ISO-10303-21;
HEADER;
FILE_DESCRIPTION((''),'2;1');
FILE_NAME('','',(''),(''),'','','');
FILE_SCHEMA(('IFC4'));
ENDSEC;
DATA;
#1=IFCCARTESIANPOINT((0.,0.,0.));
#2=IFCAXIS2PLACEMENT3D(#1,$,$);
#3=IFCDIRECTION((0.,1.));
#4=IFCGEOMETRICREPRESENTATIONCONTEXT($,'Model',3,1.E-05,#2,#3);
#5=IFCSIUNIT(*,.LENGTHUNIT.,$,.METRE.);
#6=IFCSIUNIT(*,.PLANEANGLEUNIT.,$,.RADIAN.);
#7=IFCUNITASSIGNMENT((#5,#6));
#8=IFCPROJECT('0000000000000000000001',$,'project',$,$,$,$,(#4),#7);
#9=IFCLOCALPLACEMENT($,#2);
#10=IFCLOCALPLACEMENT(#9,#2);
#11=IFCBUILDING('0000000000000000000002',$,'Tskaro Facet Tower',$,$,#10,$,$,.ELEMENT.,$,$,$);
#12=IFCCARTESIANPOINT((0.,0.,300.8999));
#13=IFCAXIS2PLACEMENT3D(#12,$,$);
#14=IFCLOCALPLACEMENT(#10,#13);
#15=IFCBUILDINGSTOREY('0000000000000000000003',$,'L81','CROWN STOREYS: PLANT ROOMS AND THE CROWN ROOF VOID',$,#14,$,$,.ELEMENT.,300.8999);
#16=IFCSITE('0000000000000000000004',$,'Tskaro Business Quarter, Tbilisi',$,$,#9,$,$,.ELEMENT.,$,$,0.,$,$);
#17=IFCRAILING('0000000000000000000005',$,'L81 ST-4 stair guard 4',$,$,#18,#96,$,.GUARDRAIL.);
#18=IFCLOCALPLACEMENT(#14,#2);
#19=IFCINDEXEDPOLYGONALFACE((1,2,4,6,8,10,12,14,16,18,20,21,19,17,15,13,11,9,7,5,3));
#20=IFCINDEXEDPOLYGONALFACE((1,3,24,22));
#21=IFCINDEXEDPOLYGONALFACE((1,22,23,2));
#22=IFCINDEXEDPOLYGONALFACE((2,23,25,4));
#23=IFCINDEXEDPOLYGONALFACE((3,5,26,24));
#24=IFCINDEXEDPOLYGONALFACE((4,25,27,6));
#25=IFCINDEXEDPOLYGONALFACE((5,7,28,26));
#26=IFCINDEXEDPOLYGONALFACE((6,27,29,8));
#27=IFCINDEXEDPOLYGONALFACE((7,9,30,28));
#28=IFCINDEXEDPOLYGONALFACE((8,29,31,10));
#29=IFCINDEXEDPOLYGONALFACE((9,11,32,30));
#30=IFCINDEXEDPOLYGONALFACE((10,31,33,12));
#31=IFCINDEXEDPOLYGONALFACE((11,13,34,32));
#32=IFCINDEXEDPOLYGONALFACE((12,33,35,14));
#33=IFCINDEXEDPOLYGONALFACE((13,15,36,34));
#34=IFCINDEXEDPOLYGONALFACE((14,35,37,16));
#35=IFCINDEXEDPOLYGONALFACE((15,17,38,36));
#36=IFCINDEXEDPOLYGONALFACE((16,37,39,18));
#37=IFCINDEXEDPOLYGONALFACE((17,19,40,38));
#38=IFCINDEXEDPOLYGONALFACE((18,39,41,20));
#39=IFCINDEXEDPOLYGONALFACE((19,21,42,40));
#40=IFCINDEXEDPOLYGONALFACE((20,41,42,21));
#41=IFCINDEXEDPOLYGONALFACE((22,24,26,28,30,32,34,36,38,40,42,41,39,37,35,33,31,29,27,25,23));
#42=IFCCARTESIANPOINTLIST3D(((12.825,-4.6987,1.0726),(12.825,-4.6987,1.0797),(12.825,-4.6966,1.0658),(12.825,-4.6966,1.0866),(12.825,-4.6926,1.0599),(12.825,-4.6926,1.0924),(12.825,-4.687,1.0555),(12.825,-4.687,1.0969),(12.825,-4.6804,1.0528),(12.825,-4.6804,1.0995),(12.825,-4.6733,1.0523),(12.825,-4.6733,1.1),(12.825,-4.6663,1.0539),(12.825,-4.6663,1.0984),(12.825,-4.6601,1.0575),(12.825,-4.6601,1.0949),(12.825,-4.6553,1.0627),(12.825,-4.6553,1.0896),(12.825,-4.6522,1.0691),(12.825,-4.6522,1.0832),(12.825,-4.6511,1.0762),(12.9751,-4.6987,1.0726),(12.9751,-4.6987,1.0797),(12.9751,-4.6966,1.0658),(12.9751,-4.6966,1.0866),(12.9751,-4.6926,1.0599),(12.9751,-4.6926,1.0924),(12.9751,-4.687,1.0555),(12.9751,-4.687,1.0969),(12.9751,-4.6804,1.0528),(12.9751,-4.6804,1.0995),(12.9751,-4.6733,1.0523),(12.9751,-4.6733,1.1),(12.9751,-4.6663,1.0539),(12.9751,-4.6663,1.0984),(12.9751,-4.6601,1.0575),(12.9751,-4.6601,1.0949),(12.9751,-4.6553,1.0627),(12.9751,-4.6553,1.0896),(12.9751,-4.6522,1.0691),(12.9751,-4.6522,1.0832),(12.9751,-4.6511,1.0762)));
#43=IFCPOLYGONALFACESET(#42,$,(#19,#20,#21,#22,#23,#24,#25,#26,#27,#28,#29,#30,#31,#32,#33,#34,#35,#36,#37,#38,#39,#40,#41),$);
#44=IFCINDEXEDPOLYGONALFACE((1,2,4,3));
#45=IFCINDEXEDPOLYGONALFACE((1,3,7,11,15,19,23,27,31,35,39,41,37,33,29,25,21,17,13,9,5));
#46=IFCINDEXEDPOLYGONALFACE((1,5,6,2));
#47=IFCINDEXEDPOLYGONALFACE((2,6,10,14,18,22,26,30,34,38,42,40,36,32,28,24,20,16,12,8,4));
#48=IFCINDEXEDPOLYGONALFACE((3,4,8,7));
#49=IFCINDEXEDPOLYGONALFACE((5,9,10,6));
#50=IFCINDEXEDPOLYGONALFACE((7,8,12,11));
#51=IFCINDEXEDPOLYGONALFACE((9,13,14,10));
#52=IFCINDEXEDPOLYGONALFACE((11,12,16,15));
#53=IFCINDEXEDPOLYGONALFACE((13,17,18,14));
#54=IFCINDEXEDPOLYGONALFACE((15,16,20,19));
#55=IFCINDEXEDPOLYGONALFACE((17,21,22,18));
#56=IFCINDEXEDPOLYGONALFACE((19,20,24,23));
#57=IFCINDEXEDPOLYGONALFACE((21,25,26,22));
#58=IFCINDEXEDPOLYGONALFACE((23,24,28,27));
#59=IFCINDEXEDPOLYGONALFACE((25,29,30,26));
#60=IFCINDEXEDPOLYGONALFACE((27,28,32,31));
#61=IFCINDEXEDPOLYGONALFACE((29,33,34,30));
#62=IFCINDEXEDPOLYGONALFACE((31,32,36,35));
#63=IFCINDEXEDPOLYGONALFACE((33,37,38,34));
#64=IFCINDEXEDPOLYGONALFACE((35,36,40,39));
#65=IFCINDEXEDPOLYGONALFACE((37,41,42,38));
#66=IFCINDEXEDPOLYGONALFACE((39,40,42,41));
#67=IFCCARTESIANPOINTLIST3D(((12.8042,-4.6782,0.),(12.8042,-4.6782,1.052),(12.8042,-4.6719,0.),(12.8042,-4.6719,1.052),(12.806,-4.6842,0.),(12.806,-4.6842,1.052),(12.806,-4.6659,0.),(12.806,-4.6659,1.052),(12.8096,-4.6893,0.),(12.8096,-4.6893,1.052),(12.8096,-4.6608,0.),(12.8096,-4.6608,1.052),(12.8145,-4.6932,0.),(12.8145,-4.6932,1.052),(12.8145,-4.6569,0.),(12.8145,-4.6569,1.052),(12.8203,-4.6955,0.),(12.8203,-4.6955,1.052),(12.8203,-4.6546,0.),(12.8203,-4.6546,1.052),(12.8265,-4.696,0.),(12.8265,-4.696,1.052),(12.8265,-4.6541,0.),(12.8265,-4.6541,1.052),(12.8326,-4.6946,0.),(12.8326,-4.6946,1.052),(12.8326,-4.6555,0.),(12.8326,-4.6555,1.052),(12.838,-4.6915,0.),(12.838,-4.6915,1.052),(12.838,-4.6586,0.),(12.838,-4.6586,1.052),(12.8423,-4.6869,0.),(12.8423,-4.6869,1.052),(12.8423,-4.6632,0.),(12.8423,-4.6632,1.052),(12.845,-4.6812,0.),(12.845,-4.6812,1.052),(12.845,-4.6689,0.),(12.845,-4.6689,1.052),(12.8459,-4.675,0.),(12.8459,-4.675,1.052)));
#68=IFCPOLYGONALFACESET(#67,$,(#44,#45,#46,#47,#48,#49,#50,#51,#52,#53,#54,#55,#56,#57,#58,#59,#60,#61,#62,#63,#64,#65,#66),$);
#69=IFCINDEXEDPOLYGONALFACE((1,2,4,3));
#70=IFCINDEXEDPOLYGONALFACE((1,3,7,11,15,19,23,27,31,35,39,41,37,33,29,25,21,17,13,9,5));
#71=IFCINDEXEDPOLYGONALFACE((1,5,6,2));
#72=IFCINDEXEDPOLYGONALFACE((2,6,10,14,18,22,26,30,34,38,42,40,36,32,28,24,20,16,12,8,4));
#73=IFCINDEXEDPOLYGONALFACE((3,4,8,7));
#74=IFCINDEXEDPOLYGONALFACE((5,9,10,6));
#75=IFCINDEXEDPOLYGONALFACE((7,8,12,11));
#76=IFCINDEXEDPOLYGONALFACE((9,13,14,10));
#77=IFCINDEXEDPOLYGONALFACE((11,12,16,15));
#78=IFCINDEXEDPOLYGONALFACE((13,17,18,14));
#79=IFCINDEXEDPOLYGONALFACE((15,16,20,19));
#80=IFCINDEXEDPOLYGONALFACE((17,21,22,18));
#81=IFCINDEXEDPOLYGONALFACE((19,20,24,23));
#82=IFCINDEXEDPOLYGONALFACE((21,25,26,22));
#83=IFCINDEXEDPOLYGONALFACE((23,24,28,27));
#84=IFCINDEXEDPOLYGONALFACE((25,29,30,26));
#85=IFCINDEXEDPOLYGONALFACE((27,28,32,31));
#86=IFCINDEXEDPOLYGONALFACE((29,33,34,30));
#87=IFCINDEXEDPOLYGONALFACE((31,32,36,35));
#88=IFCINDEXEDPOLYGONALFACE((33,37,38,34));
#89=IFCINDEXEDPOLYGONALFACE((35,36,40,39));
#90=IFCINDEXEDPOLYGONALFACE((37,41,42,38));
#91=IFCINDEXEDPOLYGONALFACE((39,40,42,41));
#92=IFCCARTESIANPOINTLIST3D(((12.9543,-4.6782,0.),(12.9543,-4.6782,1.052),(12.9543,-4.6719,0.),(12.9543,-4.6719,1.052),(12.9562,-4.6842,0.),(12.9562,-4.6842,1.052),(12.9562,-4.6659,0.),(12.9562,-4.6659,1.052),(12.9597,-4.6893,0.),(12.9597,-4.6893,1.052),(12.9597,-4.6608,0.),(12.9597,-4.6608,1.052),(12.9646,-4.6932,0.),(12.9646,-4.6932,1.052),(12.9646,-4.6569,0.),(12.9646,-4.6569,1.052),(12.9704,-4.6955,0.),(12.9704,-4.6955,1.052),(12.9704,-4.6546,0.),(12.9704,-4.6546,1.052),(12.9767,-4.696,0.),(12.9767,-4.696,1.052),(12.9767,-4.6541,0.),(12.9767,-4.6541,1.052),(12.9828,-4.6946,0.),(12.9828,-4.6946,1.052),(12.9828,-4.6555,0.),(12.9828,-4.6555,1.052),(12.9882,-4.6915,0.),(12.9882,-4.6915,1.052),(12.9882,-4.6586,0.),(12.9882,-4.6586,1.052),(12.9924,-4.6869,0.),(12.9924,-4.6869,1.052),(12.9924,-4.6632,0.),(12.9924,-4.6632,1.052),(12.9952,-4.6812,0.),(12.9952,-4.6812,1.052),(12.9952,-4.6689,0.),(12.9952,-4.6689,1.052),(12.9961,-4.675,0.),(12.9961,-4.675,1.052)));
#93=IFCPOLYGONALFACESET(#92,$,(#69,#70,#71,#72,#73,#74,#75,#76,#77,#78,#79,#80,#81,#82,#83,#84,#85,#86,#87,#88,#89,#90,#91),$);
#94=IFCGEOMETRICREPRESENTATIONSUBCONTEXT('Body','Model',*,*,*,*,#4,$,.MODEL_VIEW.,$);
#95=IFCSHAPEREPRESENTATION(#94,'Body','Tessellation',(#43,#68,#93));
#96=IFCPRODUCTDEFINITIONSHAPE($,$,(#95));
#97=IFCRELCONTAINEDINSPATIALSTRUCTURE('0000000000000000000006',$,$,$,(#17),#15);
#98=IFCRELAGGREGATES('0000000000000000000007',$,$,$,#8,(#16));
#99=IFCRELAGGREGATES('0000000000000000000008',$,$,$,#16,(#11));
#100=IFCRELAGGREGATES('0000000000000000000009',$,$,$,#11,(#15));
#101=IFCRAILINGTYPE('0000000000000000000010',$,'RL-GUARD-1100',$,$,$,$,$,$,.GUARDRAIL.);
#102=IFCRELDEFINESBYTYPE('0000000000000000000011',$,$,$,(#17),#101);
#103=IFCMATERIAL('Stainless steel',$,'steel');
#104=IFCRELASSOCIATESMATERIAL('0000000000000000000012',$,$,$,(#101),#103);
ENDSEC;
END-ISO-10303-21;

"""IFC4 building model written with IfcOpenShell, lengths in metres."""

from ifc_helpers import new_model, si_unit, direction, frame, origin, origin_2d, place, context, subcontext, project, spatial, circle, extrude, material, type_object, element, save


model = new_model("IFC4")

# Units and contexts
model_context = context("Model", 3, precision=1e-05, world=origin(), true_north=direction((0.0, 1.0)))
body_context = subcontext(model_context, "Body", "Model", "MODEL_VIEW")
ifc_project = project(units=[si_unit("LENGTHUNIT", "METRE"), si_unit("PLANEANGLEUNIT", "RADIAN")], contexts=[model_context])

# Site, building, storey
site_placement = place(None, origin())
site = spatial("IfcSite", under=ifc_project, at=site_placement, Name="Tskaro Business Quarter, Tbilisi", CompositionType="ELEMENT", RefElevation=0.0)
building_placement = place(site_placement, origin())
building = spatial("IfcBuilding", under=site, at=building_placement, Name="Tskaro Facet Tower", CompositionType="ELEMENT")
storey_placement = place(building_placement, frame((0.0, 0.0, 300.8999)))
storey = spatial("IfcBuildingStorey", under=building, at=storey_placement, Name="L81", Description="CROWN STOREYS: PLANT ROOMS AND THE CROWN ROOF VOID", CompositionType="ELEMENT", Elevation=300.8999)

# Railing
ifc_material_1 = material(Name="Stainless steel", Category="steel")
railing_type_1 = type_object("IfcRailingType", Name="RL-GUARD-1100", PredefinedType="GUARDRAIL", material=ifc_material_1)
railing_1_placement = place(storey_placement, frame((12.825, -4.675, 0.0)))
element("IfcRailing", 1, at=railing_1_placement, inside=storey, type_object=railing_type_1, Name="L81 ST-4 stair guard 4", PredefinedType="GUARDRAIL", context=body_context, shape_type="SweptSolid", body=[
    extrude(circle(Radius=0.0239, at=origin_2d()), frame((0.0, 0.0, 1.0762), z_axis=(1.0, 0.0, 0.0), x_axis=(0.0, 1.0, 0.0)), (0.0, 0.0, 1.0), 0.1501),
    extrude(circle(Radius=0.021, at=origin_2d()), origin(), (0.0, 0.0, 1.0), 1.052),
    extrude(circle(Radius=0.021, at=origin_2d()), frame((0.1501, 0.0, 0.0)), (0.0, 0.0, 1.0), 1.052),
])

save(model, "model.ifc")
